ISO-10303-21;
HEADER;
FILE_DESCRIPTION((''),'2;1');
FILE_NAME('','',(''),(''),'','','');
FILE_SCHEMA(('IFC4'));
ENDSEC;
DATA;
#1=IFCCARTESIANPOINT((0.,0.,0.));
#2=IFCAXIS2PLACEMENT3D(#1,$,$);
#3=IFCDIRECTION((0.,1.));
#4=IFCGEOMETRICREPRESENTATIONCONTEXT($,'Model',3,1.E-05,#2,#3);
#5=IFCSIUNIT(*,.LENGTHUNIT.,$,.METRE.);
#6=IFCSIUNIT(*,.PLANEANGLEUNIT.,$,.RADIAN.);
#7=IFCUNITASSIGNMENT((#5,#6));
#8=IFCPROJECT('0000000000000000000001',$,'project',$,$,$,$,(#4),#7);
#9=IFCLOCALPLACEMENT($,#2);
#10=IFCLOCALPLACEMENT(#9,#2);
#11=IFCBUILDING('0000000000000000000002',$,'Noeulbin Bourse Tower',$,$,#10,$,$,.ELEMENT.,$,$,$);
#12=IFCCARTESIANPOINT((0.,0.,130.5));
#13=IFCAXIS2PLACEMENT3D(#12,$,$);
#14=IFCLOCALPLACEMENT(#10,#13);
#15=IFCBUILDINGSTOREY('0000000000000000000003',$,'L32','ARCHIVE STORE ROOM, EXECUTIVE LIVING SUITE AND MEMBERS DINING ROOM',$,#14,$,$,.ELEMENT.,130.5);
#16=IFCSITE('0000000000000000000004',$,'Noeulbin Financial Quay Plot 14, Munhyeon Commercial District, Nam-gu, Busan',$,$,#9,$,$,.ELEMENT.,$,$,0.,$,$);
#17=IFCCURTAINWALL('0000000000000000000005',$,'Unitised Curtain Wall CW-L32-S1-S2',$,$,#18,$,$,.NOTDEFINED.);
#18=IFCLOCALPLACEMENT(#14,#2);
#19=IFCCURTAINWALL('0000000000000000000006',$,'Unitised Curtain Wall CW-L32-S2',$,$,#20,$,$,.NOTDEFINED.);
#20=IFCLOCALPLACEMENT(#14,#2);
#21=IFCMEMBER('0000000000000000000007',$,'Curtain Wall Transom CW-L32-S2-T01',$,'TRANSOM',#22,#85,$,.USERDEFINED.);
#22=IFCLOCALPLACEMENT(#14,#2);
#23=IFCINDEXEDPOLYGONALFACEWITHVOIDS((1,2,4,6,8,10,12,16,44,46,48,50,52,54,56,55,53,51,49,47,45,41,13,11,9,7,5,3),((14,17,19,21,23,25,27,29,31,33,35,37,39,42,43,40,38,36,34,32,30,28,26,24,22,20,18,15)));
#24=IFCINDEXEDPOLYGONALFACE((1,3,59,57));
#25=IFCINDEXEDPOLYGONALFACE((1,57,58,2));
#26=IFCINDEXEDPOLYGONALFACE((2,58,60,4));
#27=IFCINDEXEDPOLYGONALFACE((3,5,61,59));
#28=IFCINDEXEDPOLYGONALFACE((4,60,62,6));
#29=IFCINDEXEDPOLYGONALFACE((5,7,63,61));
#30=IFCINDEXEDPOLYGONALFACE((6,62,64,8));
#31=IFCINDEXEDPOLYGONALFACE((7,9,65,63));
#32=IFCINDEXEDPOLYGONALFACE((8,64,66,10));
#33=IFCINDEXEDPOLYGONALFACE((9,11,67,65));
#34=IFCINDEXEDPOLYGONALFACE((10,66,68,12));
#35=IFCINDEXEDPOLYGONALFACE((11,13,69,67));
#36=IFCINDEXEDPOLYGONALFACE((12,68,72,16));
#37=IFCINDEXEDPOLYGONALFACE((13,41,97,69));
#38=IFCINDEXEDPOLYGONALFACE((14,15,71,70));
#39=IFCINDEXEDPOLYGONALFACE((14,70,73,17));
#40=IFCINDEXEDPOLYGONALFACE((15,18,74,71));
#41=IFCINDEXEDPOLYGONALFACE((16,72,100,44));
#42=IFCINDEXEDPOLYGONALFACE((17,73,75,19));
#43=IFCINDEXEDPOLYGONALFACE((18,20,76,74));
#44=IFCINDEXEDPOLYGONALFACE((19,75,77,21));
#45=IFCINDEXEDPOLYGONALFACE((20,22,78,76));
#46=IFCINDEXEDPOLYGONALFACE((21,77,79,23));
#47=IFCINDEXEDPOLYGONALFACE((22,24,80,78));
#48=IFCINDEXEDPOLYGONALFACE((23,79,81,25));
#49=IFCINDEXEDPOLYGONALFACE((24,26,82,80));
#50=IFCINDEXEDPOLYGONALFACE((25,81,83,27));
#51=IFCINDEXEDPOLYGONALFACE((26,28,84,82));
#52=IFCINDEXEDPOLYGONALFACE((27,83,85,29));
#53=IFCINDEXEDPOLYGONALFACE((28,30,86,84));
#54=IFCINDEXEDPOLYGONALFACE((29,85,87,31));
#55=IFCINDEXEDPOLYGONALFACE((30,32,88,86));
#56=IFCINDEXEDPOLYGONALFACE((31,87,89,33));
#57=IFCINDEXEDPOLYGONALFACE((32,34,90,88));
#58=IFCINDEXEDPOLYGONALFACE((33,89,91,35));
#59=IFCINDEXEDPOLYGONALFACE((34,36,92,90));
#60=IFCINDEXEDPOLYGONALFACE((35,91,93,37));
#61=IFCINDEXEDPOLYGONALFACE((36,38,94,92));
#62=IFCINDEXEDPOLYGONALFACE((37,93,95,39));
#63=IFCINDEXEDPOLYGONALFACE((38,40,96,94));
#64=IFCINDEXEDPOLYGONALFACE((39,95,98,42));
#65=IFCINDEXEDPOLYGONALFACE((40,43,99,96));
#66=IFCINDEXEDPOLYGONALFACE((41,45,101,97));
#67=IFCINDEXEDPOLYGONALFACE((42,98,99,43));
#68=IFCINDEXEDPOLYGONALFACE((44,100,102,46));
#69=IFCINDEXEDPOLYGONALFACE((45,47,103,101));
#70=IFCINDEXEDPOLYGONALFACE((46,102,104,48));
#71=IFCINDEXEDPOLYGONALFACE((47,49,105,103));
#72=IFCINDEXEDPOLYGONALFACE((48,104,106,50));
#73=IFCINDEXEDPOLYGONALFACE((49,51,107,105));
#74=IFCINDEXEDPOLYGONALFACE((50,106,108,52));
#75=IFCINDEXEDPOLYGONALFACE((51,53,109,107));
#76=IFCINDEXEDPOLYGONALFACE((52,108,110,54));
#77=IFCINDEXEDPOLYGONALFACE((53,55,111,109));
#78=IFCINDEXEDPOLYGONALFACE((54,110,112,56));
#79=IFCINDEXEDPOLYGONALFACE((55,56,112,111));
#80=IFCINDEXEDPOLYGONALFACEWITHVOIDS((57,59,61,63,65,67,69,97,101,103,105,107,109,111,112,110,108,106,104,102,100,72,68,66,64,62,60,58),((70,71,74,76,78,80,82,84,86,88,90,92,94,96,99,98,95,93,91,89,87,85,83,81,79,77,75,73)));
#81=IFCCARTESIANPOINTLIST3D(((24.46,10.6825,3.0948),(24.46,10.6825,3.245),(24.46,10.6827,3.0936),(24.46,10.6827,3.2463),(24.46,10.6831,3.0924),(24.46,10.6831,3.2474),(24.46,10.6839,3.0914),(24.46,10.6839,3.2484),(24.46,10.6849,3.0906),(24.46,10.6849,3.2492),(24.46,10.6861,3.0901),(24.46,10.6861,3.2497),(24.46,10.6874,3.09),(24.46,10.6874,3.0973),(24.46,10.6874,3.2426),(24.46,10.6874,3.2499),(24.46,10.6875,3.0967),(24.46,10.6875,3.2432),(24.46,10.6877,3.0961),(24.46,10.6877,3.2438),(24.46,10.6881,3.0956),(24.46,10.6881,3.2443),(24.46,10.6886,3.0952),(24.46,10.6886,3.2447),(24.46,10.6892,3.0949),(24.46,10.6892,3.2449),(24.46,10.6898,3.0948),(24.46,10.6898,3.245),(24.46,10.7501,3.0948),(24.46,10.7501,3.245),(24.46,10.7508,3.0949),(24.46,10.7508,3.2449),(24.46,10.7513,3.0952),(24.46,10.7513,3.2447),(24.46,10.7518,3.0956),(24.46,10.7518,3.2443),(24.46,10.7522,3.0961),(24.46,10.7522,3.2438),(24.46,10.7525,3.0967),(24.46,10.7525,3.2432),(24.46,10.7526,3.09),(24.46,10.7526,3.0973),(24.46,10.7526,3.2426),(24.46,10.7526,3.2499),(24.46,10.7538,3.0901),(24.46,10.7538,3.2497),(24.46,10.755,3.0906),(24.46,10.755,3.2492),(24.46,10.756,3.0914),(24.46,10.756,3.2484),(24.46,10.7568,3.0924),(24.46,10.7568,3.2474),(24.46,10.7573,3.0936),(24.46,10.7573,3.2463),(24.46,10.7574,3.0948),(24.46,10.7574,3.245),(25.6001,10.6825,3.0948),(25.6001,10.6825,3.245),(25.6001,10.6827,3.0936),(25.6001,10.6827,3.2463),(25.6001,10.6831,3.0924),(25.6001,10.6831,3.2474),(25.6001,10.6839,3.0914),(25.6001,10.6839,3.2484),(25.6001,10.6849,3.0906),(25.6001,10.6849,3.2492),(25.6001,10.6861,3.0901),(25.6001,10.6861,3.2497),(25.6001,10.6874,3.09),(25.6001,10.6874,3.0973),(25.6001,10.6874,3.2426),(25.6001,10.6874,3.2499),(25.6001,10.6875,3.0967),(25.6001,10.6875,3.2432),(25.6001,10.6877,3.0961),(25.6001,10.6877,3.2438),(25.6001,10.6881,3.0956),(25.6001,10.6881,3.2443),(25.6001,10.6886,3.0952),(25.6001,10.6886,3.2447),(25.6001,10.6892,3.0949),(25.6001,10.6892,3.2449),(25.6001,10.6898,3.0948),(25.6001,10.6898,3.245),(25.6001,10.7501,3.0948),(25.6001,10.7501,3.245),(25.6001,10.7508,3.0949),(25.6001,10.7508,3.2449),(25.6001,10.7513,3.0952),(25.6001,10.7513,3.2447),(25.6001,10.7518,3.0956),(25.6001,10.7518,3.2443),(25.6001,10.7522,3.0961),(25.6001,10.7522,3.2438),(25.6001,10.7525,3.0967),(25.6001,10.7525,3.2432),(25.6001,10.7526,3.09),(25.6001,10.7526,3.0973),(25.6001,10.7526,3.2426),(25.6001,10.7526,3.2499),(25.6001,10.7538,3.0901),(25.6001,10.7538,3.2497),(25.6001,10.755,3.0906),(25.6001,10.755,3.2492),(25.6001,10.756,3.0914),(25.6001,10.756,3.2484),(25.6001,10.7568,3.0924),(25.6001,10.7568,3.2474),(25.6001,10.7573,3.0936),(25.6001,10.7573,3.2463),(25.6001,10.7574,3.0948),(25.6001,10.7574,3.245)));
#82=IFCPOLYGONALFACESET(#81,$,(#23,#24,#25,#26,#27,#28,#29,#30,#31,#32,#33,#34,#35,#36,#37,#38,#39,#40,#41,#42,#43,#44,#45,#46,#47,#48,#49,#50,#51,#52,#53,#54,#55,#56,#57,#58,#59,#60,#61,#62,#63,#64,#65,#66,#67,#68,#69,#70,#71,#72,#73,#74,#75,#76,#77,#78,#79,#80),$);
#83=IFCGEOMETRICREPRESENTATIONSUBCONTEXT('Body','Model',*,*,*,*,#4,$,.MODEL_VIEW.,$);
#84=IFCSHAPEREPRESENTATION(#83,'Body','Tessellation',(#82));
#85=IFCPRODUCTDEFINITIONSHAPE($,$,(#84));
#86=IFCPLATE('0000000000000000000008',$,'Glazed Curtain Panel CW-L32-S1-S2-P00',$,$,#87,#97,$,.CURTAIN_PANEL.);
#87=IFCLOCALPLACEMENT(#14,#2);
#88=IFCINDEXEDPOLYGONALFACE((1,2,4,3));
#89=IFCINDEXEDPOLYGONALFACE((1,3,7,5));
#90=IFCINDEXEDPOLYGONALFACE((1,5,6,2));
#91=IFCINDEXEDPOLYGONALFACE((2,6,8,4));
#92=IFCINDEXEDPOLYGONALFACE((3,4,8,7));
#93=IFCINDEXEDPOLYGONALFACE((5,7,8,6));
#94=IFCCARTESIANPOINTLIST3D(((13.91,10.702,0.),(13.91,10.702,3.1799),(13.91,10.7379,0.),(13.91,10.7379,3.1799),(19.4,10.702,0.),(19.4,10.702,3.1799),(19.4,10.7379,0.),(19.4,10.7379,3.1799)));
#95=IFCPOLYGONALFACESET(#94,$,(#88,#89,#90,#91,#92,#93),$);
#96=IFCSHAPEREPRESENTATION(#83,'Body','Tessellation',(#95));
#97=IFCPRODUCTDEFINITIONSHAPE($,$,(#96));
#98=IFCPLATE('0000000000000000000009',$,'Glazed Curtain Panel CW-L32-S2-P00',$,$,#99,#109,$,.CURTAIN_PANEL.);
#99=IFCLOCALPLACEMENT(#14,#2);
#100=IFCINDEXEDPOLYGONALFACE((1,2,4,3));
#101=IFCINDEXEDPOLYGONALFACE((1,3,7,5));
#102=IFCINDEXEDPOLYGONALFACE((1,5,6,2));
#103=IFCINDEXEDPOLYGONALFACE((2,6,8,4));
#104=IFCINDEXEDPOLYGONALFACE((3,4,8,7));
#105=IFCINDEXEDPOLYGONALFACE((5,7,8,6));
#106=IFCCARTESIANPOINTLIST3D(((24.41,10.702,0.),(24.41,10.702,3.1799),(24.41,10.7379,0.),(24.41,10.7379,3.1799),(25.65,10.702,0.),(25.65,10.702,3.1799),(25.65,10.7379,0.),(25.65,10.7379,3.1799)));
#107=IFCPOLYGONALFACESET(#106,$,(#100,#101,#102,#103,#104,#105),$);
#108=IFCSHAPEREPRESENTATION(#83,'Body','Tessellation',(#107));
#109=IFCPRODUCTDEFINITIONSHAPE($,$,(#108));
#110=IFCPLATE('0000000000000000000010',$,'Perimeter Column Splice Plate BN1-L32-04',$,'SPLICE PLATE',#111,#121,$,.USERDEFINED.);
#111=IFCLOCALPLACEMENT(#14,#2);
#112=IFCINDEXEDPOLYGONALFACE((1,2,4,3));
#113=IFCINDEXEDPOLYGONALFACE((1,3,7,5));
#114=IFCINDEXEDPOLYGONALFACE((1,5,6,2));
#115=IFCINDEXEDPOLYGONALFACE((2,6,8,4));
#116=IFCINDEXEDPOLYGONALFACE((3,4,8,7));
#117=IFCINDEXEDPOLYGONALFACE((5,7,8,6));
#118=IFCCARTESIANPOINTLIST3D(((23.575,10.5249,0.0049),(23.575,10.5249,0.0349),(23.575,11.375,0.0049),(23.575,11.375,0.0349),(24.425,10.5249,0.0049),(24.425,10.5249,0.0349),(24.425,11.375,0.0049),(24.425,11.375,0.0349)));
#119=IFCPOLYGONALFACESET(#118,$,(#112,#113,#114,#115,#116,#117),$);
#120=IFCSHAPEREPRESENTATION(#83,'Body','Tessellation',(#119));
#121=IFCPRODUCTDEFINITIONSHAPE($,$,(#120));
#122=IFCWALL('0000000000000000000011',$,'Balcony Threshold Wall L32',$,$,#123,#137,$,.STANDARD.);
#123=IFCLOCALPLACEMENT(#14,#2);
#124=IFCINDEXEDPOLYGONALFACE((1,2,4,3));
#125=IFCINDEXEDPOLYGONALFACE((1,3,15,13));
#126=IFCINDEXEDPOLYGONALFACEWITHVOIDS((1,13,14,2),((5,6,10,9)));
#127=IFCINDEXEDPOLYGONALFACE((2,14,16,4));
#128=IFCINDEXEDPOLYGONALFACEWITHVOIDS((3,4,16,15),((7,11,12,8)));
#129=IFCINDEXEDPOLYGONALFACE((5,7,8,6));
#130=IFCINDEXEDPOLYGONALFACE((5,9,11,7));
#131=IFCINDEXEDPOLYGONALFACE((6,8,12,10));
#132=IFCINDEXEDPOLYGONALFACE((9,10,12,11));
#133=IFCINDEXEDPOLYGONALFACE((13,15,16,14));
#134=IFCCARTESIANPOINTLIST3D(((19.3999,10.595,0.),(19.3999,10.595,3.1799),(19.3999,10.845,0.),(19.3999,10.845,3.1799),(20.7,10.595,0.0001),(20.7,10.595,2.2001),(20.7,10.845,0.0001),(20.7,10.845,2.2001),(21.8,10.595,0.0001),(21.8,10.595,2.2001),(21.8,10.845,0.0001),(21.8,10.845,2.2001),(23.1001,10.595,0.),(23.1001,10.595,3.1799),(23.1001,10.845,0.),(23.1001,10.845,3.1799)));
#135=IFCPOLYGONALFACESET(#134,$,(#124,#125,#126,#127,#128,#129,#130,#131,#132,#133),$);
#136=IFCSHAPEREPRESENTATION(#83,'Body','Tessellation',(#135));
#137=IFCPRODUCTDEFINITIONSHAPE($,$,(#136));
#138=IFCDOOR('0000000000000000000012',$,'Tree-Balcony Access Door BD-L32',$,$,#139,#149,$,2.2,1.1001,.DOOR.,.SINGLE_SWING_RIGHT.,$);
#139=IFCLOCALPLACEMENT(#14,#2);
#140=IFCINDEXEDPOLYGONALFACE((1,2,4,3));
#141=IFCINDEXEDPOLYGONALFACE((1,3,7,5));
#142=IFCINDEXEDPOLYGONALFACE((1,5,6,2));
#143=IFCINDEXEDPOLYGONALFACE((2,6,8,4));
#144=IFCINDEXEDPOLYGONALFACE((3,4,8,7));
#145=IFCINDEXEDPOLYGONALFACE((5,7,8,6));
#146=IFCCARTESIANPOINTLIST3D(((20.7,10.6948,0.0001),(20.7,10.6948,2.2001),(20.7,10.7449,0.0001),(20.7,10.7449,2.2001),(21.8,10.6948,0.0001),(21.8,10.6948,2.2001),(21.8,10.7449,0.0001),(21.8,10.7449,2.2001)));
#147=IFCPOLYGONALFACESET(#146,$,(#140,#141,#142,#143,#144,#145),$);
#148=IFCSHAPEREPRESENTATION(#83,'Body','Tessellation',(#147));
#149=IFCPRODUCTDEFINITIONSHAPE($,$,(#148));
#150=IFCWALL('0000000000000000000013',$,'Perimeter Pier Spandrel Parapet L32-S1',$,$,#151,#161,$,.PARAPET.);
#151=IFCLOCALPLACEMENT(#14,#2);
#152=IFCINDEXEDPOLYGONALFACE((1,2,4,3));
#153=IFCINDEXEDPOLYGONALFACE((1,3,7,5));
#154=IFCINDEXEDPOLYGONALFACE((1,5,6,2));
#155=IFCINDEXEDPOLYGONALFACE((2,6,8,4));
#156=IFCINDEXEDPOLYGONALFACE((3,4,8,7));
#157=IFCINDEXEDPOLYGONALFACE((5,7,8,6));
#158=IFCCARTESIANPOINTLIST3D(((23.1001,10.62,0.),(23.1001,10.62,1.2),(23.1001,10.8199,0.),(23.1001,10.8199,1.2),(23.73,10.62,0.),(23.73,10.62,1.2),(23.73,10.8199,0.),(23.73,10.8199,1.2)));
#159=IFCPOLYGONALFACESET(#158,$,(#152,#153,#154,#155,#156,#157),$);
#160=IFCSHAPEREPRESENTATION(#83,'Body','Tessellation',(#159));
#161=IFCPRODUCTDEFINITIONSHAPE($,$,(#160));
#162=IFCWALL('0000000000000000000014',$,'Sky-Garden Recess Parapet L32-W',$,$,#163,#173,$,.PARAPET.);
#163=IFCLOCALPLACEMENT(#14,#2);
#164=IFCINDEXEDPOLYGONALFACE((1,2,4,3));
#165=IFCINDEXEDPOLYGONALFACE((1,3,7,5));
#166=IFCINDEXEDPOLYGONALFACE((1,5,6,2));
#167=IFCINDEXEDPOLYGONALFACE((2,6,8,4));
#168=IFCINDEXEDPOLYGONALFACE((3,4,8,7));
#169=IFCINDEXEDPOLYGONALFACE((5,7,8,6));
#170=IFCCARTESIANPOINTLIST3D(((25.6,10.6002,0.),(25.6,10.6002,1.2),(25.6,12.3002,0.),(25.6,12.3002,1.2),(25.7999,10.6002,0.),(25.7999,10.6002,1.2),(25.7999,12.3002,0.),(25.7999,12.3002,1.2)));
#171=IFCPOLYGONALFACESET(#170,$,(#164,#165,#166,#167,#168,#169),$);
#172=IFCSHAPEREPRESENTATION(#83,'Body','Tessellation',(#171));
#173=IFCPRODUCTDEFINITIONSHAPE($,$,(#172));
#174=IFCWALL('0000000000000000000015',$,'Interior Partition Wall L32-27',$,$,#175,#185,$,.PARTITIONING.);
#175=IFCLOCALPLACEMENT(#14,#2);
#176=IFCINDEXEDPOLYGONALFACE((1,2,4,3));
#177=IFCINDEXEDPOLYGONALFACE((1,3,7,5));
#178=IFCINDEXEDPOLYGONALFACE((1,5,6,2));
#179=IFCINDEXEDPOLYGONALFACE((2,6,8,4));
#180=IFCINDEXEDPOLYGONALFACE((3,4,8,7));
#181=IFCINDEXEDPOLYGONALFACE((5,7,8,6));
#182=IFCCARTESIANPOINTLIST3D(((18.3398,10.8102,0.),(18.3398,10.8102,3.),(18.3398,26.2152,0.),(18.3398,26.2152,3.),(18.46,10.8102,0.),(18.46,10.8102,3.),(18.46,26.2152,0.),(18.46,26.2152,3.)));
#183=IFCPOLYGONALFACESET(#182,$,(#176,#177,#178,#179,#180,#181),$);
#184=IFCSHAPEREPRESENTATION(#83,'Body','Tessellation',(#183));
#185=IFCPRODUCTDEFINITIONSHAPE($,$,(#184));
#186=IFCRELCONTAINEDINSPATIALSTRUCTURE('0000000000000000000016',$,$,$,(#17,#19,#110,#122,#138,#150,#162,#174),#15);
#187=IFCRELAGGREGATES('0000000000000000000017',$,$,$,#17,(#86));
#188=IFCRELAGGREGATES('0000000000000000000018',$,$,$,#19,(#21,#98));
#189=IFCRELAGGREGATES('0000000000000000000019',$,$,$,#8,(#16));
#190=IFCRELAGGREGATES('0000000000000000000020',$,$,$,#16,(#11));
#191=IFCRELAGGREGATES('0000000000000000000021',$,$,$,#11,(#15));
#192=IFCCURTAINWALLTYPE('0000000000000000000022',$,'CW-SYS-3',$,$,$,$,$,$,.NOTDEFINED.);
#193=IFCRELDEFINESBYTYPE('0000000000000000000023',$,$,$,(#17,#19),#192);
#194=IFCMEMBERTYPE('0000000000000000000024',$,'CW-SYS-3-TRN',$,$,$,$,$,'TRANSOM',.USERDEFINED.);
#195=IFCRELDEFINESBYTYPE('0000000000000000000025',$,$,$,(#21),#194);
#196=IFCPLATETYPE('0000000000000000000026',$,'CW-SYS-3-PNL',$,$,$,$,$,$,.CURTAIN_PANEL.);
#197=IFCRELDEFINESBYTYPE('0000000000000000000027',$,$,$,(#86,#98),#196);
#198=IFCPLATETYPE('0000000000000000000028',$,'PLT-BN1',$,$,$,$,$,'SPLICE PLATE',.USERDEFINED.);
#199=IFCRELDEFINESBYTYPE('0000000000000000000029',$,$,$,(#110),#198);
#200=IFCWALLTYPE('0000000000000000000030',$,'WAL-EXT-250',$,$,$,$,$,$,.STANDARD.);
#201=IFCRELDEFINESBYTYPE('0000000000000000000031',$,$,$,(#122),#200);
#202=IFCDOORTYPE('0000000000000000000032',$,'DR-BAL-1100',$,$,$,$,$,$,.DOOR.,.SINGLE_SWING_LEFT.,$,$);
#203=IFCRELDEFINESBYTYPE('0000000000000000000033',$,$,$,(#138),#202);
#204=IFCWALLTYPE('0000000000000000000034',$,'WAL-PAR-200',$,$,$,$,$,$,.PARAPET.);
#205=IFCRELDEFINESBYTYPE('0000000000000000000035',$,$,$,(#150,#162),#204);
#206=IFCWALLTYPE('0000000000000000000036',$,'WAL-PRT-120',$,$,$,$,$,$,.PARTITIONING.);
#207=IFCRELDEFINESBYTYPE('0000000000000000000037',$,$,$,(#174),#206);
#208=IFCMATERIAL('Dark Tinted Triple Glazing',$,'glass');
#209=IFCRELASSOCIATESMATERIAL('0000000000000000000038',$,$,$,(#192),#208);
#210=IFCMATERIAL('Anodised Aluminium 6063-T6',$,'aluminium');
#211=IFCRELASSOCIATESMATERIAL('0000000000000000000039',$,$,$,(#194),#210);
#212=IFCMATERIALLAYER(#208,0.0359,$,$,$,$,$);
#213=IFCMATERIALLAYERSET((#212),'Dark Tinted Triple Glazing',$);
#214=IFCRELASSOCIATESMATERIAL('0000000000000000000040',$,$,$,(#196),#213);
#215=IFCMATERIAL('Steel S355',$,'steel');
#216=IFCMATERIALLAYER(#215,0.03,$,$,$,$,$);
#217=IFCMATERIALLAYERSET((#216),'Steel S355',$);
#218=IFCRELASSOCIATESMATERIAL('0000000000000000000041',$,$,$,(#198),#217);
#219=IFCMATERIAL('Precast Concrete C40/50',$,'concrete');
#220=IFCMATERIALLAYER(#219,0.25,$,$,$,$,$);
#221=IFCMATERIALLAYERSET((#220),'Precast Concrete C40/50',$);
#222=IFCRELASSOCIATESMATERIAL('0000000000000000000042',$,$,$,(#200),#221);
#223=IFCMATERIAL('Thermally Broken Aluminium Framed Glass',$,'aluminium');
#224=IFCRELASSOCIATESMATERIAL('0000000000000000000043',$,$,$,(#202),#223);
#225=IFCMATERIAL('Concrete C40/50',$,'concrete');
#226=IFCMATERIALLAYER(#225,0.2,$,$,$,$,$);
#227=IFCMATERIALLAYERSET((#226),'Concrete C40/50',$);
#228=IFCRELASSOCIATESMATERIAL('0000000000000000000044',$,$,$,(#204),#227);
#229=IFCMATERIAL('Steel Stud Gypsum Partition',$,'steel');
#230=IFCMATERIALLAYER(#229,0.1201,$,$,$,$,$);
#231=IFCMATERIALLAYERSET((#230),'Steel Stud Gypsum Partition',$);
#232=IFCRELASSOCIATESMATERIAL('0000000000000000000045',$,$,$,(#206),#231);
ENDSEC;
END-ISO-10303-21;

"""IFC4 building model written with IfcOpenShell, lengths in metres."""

from ifc_helpers import new_model, si_unit, direction, frame, frame_2d, origin, origin_2d, place, context, subcontext, project, spatial, rectangle, hollow_rectangle, extrude, material, layer, layer_set, material_profile, profile_set, type_object, element, fill, aggregate, save


model = new_model("IFC4")

# Units and contexts
model_context = context("Model", 3, precision=1e-05, world=origin(), true_north=direction((0.0, 1.0)))
body_context = subcontext(model_context, "Body", "Model", "MODEL_VIEW")
ifc_project = project(units=[si_unit("LENGTHUNIT", "METRE"), si_unit("PLANEANGLEUNIT", "RADIAN")], contexts=[model_context])

# Site, building, storey
site_placement = place(None, origin())
site = spatial("IfcSite", under=ifc_project, at=site_placement, Name="Noeulbin Financial Quay Plot 14, Munhyeon Commercial District, Nam-gu, Busan", CompositionType="ELEMENT", RefElevation=0.0)
building_placement = place(site_placement, origin())
building = spatial("IfcBuilding", under=site, at=building_placement, Name="Noeulbin Bourse Tower", CompositionType="ELEMENT")
storey_placement = place(building_placement, frame((0.0, 0.0, 130.5)))
storey = spatial("IfcBuildingStorey", under=building, at=storey_placement, Name="L32", Description="ARCHIVE STORE ROOM, EXECUTIVE LIVING SUITE AND MEMBERS DINING ROOM", CompositionType="ELEMENT", Elevation=130.5)

# Shared definitions
ifc_material_1 = material(Name="Steel S355", Category="steel")

# Curtain wall
ifc_material_2 = material(Name="Dark Tinted Triple Glazing", Category="glass")
curtain_wall_type = type_object("IfcCurtainWallType", Name="CW-SYS-3", PredefinedType="NOTDEFINED", material=ifc_material_2)
curtain_wall_1_placement = place(storey_placement, origin())
curtain_wall_1 = element("IfcCurtainWall", 1, at=curtain_wall_1_placement, inside=storey, type_object=curtain_wall_type, Name="Unitised Curtain Wall CW-L32-S1-S2", PredefinedType="NOTDEFINED")
ifc_material_3 = material(Name="Anodised Aluminium 6063-T6", Category="aluminium")

# Curtain wall, member
curtain_wall_2_placement = place(storey_placement, origin())
curtain_wall_2 = element("IfcCurtainWall", 2, at=curtain_wall_2_placement, inside=storey, type_object=curtain_wall_type, Name="Unitised Curtain Wall CW-L32-S2", PredefinedType="NOTDEFINED")
ifc_material_profile_1 = material_profile(ifc_material_3, hollow_rectangle(XDim=0.075, YDim=0.1599, WallThickness=0.0049, InnerFilletRadius=0.0024, OuterFilletRadius=0.0049, at=origin_2d()), Name="ALU-TRAN-75x160x5", Category="LoadBearing")
ifc_profile_set_1 = profile_set([ifc_material_profile_1], Name="Anodised Aluminium 6063-T6")
member_type_1 = type_object("IfcMemberType", Name="CW-SYS-3-TRN", ElementType="TRANSOM", PredefinedType="USERDEFINED", material=ifc_profile_set_1)
member_1_placement = place(storey_placement, frame((24.46, 10.72, 3.1699), z_axis=(1.0, 0.0, 0.0), x_axis=(0.0, 1.0, 0.0)))
member_1 = element("IfcMember", 3, at=member_1_placement, type_object=member_type_1, Name="Curtain Wall Transom CW-L32-S2-T01", ObjectType="TRANSOM", PredefinedType="USERDEFINED", context=body_context, shape_type="SweptSolid", body=[
    extrude(hollow_rectangle(XDim=0.075, YDim=0.1599, WallThickness=0.0049, InnerFilletRadius=0.0024, OuterFilletRadius=0.0049, at=origin_2d()), origin(), (0.0, 0.0, 1.0), 1.1401),
])

# Plates
ifc_layer_1 = layer(ifc_material_2, 0.0359)
ifc_layer_set_1 = layer_set([ifc_layer_1], Name="Dark Tinted Triple Glazing")
plate_type_1 = type_object("IfcPlateType", Name="CW-SYS-3-PNL", PredefinedType="CURTAIN_PANEL", material=ifc_layer_set_1)
plate_1_placement = place(storey_placement, frame((16.655, 10.72, 0.0), z_axis=(0.0, 0.0, 1.0), x_axis=(1.0, 0.0, 0.0)))
plate_1 = element("IfcPlate", 4, at=plate_1_placement, type_object=plate_type_1, Name="Glazed Curtain Panel CW-L32-S1-S2-P00", PredefinedType="CURTAIN_PANEL", context=body_context, shape_type="SweptSolid", body=[
    extrude(rectangle(XDim=5.49, YDim=0.0359, at=origin_2d()), origin(), (0.0, 0.0, 1.0), 3.1799),
])
aggregate(curtain_wall_1, [plate_1])
plate_2_placement = place(storey_placement, frame((25.03, 10.72, 0.0), z_axis=(0.0, 0.0, 1.0), x_axis=(1.0, 0.0, 0.0)))
plate_2 = element("IfcPlate", 5, at=plate_2_placement, type_object=plate_type_1, Name="Glazed Curtain Panel CW-L32-S2-P00", PredefinedType="CURTAIN_PANEL", context=body_context, shape_type="SweptSolid", body=[
    extrude(rectangle(XDim=1.24, YDim=0.0359, at=origin_2d()), origin(), (0.0, 0.0, 1.0), 3.1799),
])
aggregate(curtain_wall_2, [member_1, plate_2])
ifc_layer_2 = layer(ifc_material_1, 0.03)
ifc_layer_set_2 = layer_set([ifc_layer_2], Name="Steel S355")
plate_type_2 = type_object("IfcPlateType", Name="PLT-BN1", ElementType="SPLICE PLATE", PredefinedType="USERDEFINED", material=ifc_layer_set_2)
plate_3_placement = place(storey_placement, frame((24.0, 10.95, 0.0049), z_axis=(0.0, 0.0, 1.0), x_axis=(1.0, 0.0, 0.0)))
element("IfcPlate", 6, at=plate_3_placement, inside=storey, type_object=plate_type_2, Name="Perimeter Column Splice Plate BN1-L32-04", ObjectType="SPLICE PLATE", PredefinedType="USERDEFINED", context=body_context, shape_type="SweptSolid", body=[
    extrude(rectangle(XDim=0.8501, YDim=0.8501, at=origin_2d()), origin(), (0.0, 0.0, 1.0), 0.03),
])

# Wall, opening, door
ifc_material_4 = material(Name="Precast Concrete C40/50", Category="concrete")
ifc_layer_3 = layer(ifc_material_4, 0.25)
ifc_layer_set_3 = layer_set([ifc_layer_3], Name="Precast Concrete C40/50")
wall_type_1 = type_object("IfcWallType", Name="WAL-EXT-250", PredefinedType="STANDARD", material=ifc_layer_set_3)
wall_1_placement = place(storey_placement, frame((19.3999, 10.72, 0.0), z_axis=(0.0, 0.0, 1.0), x_axis=(1.0, 0.0, 0.0)))
wall_1 = element("IfcWall", 7, at=wall_1_placement, inside=storey, type_object=wall_type_1, Name="Balcony Threshold Wall L32", PredefinedType="STANDARD", context=body_context, shape_type="SweptSolid", body=[
    extrude(rectangle(XDim=3.7002, YDim=0.25, at=frame_2d((1.8501, 0.0))), origin(), (0.0, 0.0, 1.0), 3.1799),
])
opening_placement = place(wall_1_placement, frame((1.3, 0.0, 0.0)))
opening = element("IfcOpeningElement", 8, at=opening_placement, cuts=wall_1, PredefinedType="OPENING", context=body_context, shape_type="SweptSolid", body=[
    extrude(rectangle(XDim=1.1001, YDim=2.2, at=frame_2d((0.55, 1.1001))), frame((0.0, 0.135, 0.0), z_axis=(0.0, -1.0, 0.0), x_axis=(1.0, 0.0, 0.0)), (0.0, 0.0, 1.0), 0.27),
])
ifc_material_5 = material(Name="Thermally Broken Aluminium Framed Glass", Category="aluminium")
door_type = type_object("IfcDoorType", Name="DR-BAL-1100", OperationType="SINGLE_SWING_LEFT", PredefinedType="DOOR", material=ifc_material_5)
door_placement = place(opening_placement, origin())
door = element("IfcDoor", 9, at=door_placement, inside=storey, type_object=door_type, Name="Tree-Balcony Access Door BD-L32", OperationType="SINGLE_SWING_RIGHT", OverallHeight=2.2, OverallWidth=1.1001, PredefinedType="DOOR", context=body_context, shape_type="SweptSolid", body=[
    extrude(rectangle(XDim=1.1001, YDim=2.2, at=frame_2d((0.55, 1.1001))), frame((0.0, 0.0249, 0.0), z_axis=(0.0, -1.0, 0.0), x_axis=(1.0, 0.0, 0.0)), (0.0, 0.0, 1.0), 0.05),
])
fill(opening, door)

# Walls
ifc_material_6 = material(Name="Concrete C40/50", Category="concrete")
ifc_layer_4 = layer(ifc_material_6, 0.2)
ifc_layer_set_4 = layer_set([ifc_layer_4], Name="Concrete C40/50")
wall_type_2 = type_object("IfcWallType", Name="WAL-PAR-200", PredefinedType="PARAPET", material=ifc_layer_set_4)
wall_2_placement = place(storey_placement, frame((23.1001, 10.72, 0.0), z_axis=(0.0, 0.0, 1.0), x_axis=(1.0, 0.0, 0.0)))
element("IfcWall", 10, at=wall_2_placement, inside=storey, type_object=wall_type_2, Name="Perimeter Pier Spandrel Parapet L32-S1", PredefinedType="PARAPET", context=body_context, shape_type="SweptSolid", body=[
    extrude(rectangle(XDim=0.6299, YDim=0.2, at=frame_2d((0.3149, 0.0))), origin(), (0.0, 0.0, 1.0), 1.2),
])
wall_3_placement = place(storey_placement, frame((25.7, 10.6001, 0.0), z_axis=(0.0, 0.0, 1.0), x_axis=(0.0, 1.0, 0.0)))
element("IfcWall", 11, at=wall_3_placement, inside=storey, type_object=wall_type_2, Name="Sky-Garden Recess Parapet L32-W", PredefinedType="PARAPET", context=body_context, shape_type="SweptSolid", body=[
    extrude(rectangle(XDim=1.7, YDim=0.2, at=frame_2d((0.8501, 0.0))), origin(), (0.0, 0.0, 1.0), 1.2),
])
ifc_material_7 = material(Name="Steel Stud Gypsum Partition", Category="steel")
ifc_layer_5 = layer(ifc_material_7, 0.1201)
ifc_layer_set_5 = layer_set([ifc_layer_5], Name="Steel Stud Gypsum Partition")
wall_type_3 = type_object("IfcWallType", Name="WAL-PRT-120", PredefinedType="PARTITIONING", material=ifc_layer_set_5)
wall_4_placement = place(storey_placement, frame((18.3999, 10.8101, 0.0), z_axis=(0.0, 0.0, 1.0), x_axis=(0.0, 1.0, 0.0)))
element("IfcWall", 12, at=wall_4_placement, inside=storey, type_object=wall_type_3, Name="Interior Partition Wall L32-27", PredefinedType="PARTITIONING", context=body_context, shape_type="SweptSolid", body=[
    extrude(rectangle(XDim=15.405, YDim=0.1201, at=frame_2d((7.7026, 0.0))), origin(), (0.0, 0.0, 1.0), 3.0),
])

save(model, "model.ifc")
